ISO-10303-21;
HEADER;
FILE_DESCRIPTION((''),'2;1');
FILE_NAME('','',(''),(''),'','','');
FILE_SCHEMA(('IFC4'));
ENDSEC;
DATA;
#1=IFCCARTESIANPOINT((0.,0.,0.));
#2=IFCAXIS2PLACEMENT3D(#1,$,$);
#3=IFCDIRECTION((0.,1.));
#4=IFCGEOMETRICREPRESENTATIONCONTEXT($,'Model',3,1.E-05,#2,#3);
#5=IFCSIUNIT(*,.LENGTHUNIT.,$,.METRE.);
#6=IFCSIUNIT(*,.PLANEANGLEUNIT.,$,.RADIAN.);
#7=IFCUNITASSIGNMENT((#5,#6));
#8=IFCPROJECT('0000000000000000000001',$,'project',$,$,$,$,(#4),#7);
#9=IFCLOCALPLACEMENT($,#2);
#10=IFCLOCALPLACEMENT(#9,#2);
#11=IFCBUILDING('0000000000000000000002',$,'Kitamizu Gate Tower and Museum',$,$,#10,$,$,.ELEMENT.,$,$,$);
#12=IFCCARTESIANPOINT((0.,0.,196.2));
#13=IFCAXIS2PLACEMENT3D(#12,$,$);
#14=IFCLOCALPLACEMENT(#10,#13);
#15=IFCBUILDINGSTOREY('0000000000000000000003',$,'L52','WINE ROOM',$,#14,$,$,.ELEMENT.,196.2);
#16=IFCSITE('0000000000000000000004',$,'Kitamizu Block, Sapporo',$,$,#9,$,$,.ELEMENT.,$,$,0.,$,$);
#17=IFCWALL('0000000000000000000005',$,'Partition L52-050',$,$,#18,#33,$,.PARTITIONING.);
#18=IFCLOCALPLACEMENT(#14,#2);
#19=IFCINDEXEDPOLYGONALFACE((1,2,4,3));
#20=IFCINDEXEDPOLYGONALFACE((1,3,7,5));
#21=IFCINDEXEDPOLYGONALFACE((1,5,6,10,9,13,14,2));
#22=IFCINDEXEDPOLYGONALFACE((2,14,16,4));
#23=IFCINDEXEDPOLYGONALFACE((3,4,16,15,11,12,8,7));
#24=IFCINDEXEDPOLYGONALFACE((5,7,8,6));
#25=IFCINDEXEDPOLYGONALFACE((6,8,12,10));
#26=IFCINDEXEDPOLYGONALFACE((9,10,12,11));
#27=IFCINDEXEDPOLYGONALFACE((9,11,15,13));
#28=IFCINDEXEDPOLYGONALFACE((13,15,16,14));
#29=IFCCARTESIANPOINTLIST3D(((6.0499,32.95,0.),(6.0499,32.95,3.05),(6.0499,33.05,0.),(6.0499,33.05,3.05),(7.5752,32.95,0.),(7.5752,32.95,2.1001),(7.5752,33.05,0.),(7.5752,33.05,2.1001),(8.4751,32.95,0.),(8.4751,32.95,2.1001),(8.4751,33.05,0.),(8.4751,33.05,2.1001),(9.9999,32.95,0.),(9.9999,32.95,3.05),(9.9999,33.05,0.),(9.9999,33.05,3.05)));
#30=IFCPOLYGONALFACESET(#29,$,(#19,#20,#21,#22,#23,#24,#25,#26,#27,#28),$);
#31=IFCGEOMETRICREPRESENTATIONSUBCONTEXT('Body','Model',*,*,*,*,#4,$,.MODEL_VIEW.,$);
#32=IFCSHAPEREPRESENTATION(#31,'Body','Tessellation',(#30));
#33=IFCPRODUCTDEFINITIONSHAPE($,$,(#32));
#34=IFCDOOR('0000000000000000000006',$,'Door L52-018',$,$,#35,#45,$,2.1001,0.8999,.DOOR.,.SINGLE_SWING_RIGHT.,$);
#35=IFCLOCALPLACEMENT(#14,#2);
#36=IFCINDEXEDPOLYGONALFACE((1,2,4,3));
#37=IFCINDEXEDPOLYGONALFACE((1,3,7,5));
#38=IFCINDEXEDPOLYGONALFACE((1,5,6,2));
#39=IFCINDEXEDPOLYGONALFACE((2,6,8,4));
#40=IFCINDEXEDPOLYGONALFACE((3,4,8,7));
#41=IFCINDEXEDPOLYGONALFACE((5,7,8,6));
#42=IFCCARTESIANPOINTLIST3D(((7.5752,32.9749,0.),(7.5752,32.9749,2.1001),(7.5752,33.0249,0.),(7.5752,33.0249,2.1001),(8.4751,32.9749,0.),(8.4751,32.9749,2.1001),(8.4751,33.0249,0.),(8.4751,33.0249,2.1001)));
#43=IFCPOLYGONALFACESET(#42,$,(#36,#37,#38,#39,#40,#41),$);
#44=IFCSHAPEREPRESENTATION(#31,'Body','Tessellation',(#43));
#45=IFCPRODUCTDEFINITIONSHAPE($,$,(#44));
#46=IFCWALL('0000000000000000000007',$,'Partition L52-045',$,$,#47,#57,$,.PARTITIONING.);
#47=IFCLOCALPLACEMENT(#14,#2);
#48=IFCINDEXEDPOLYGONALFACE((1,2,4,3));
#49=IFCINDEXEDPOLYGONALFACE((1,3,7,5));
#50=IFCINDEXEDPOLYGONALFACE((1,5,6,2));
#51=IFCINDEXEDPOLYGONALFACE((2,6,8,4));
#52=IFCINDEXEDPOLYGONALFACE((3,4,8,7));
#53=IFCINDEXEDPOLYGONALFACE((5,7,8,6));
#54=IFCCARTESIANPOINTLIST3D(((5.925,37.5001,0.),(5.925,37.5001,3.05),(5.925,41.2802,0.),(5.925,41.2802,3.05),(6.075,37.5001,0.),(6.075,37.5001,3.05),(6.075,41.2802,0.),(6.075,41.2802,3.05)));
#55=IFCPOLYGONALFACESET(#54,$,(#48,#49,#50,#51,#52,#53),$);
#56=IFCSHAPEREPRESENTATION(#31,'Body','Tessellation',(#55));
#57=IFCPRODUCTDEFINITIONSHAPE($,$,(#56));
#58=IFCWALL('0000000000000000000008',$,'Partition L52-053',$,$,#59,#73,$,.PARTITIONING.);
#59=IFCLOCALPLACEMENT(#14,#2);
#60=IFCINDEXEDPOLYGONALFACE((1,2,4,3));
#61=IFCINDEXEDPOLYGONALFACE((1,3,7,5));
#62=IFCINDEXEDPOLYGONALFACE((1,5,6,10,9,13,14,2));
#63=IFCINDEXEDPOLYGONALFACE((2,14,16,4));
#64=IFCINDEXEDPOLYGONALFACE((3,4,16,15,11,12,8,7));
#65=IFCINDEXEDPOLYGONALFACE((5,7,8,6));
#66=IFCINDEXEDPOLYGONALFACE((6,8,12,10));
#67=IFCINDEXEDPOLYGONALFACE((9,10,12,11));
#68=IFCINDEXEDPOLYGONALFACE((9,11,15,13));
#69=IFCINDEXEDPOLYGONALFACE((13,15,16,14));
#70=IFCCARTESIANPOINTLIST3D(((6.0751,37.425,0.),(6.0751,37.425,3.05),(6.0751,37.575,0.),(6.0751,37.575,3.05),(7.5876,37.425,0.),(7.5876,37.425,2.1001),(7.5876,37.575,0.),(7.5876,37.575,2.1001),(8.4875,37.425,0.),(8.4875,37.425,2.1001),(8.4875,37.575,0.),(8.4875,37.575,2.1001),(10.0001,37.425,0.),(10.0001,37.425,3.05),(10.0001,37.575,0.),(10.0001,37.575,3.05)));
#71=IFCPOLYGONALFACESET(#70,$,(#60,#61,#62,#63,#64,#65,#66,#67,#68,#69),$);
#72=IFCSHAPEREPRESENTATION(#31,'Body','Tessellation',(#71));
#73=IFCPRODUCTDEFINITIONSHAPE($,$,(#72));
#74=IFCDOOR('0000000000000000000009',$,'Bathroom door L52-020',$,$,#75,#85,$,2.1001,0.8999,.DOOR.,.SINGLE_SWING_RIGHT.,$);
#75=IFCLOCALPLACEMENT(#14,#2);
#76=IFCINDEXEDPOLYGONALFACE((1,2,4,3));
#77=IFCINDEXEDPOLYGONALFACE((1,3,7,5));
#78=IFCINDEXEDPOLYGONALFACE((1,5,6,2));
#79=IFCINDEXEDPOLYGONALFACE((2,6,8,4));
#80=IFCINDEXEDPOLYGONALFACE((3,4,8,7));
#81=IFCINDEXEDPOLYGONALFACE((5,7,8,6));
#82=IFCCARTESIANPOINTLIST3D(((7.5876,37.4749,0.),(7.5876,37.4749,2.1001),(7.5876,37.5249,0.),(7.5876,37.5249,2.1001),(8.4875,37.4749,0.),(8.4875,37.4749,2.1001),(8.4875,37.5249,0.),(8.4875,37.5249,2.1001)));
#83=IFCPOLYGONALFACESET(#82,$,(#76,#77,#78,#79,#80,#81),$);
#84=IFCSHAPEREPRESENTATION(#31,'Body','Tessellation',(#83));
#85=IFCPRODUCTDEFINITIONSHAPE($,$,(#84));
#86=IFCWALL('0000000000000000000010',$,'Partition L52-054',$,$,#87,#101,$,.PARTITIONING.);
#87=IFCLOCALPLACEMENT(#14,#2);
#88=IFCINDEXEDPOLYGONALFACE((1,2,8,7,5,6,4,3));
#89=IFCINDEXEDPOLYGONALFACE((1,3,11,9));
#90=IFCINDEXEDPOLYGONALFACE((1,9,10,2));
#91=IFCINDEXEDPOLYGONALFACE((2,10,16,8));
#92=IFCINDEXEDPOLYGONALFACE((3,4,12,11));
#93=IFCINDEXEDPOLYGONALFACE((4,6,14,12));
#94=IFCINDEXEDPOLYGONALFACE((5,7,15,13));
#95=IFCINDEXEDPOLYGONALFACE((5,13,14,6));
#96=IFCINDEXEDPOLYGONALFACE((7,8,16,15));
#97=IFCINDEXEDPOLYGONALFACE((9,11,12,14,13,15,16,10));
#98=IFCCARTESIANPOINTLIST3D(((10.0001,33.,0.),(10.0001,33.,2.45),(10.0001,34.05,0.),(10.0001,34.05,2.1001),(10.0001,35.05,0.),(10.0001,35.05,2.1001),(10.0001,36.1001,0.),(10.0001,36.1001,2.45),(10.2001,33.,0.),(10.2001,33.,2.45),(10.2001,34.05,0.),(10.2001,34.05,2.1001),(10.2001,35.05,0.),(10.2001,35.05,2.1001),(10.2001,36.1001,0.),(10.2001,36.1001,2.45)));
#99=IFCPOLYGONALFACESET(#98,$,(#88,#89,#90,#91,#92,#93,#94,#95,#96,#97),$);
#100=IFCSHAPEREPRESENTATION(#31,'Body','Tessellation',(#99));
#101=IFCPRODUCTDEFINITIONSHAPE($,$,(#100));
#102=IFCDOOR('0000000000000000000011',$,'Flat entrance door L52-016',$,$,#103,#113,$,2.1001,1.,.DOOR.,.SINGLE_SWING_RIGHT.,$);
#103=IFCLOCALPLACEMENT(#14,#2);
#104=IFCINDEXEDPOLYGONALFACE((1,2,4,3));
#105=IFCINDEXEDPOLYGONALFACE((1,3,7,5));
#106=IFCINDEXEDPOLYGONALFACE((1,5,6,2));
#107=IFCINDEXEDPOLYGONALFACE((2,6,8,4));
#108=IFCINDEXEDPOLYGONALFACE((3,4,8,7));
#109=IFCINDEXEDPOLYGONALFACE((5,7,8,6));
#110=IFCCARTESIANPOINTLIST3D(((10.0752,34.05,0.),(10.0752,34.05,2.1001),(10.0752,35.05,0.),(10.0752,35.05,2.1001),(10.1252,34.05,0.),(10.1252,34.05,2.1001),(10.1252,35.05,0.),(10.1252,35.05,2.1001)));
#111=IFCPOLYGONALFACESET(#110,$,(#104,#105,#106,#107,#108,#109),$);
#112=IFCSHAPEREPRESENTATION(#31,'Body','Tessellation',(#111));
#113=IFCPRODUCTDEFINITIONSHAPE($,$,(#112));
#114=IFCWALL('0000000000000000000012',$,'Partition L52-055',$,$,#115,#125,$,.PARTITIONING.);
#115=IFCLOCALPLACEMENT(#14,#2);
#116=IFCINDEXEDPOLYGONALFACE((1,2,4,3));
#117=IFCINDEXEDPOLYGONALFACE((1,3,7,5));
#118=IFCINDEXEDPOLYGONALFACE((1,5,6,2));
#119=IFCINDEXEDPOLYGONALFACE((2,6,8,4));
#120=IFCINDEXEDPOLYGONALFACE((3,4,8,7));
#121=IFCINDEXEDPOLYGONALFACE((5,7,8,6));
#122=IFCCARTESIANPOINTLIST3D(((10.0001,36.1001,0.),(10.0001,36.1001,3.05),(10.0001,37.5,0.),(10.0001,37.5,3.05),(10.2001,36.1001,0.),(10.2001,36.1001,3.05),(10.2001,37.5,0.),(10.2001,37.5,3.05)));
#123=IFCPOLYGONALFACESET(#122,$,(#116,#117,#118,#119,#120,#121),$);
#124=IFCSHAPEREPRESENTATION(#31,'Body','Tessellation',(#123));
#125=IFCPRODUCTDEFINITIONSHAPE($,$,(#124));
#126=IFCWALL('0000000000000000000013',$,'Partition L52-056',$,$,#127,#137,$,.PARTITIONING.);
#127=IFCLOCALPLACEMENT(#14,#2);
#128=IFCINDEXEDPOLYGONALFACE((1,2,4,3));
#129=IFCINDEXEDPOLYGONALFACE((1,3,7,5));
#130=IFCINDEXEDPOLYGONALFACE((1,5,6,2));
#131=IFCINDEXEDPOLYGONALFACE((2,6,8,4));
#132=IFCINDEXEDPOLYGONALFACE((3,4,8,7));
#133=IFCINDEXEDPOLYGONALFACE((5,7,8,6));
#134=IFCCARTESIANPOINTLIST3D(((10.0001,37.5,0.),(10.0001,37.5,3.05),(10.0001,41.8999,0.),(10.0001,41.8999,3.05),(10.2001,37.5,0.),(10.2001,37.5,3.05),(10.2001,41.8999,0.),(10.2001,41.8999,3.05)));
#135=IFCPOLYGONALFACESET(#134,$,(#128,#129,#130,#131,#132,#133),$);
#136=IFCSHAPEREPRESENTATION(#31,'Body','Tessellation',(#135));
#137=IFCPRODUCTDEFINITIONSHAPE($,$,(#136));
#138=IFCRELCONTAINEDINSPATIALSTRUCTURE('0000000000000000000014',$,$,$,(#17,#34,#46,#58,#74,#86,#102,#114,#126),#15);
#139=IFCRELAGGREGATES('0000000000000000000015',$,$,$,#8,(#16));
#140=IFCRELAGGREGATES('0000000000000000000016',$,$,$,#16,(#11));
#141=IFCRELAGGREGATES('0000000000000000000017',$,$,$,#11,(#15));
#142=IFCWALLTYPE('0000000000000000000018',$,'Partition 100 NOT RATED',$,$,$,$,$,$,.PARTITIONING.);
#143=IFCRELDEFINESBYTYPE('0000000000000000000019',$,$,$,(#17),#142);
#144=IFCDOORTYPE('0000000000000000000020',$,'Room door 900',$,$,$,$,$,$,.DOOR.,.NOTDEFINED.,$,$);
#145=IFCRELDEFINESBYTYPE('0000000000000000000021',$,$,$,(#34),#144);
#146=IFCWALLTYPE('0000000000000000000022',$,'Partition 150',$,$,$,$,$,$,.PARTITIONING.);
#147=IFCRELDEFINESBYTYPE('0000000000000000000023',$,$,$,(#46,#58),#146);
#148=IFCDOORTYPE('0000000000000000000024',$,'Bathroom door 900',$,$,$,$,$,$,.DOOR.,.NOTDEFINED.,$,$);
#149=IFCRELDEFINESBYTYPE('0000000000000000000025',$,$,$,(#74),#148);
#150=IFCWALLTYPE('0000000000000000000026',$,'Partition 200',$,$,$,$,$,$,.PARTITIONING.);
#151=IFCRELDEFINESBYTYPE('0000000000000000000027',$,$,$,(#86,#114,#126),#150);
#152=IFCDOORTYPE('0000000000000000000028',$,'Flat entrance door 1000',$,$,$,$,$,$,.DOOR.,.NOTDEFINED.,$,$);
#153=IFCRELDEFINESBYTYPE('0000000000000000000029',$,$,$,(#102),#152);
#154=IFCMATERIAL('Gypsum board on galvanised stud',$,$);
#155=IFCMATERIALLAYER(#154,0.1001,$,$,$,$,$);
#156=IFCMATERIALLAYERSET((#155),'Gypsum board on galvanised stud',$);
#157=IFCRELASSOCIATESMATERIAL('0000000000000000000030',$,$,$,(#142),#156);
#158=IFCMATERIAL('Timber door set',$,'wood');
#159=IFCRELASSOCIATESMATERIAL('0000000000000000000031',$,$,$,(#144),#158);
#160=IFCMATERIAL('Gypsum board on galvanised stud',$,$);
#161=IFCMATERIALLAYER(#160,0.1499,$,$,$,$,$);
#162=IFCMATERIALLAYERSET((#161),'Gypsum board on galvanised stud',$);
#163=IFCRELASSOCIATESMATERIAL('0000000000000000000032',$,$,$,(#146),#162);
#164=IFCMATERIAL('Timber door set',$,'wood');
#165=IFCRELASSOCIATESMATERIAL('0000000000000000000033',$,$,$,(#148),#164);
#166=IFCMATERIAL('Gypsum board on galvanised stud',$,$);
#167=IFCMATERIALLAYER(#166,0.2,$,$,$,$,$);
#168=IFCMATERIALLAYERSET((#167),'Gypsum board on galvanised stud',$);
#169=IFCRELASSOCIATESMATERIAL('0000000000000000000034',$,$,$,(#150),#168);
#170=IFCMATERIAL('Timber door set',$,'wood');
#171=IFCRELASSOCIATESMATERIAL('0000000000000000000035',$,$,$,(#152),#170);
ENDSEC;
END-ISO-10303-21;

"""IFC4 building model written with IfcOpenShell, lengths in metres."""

from ifc_helpers import new_model, si_unit, direction, frame, frame_2d, origin, place, context, subcontext, project, spatial, rectangle, extrude, material, layer, layer_set, type_object, element, fill, save


model = new_model("IFC4")

# Units and contexts
model_context = context("Model", 3, precision=1e-05, world=origin(), true_north=direction((0.0, 1.0)))
body_context = subcontext(model_context, "Body", "Model", "MODEL_VIEW")
ifc_project = project(units=[si_unit("LENGTHUNIT", "METRE"), si_unit("PLANEANGLEUNIT", "RADIAN")], contexts=[model_context])

# Site, building, storey
site_placement = place(None, origin())
site = spatial("IfcSite", under=ifc_project, at=site_placement, Name="Kitamizu Block, Sapporo", CompositionType="ELEMENT", RefElevation=0.0)
building_placement = place(site_placement, origin())
building = spatial("IfcBuilding", under=site, at=building_placement, Name="Kitamizu Gate Tower and Museum", CompositionType="ELEMENT")
storey_placement = place(building_placement, frame((0.0, 0.0, 196.2)))
storey = spatial("IfcBuildingStorey", under=building, at=storey_placement, Name="L52", Description="WINE ROOM", CompositionType="ELEMENT", Elevation=196.2)

# Shared definitions
ifc_material_1 = material(Name="Gypsum board on galvanised stud")
ifc_layer_1 = layer(ifc_material_1, 0.1001)
ifc_layer_set_1 = layer_set([ifc_layer_1], Name="Gypsum board on galvanised stud")
wall_type_1 = type_object("IfcWallType", Name="Partition 100 NOT RATED", PredefinedType="PARTITIONING", material=ifc_layer_set_1)
ifc_material_2 = material(Name="Timber door set", Category="wood")
door_type_1 = type_object("IfcDoorType", Name="Room door 900", OperationType="NOTDEFINED", PredefinedType="DOOR", material=ifc_material_2)

# Wall, opening, door
wall_1_placement = place(storey_placement, frame((10.0, 33.0, 0.0), z_axis=(0.0, 0.0, 1.0), x_axis=(-1.0, 0.0, 0.0)))
wall_1 = element("IfcWall", 1, at=wall_1_placement, inside=storey, type_object=wall_type_1, Name="Partition L52-050", PredefinedType="PARTITIONING", context=body_context, shape_type="SweptSolid", body=[
    extrude(rectangle(XDim=3.95, YDim=0.1001, at=frame_2d((1.9751, 0.0))), origin(), (0.0, 0.0, 1.0), 3.05),
])
opening_1_placement = place(wall_1_placement, frame((1.5249, 0.0, 0.0)))
opening_1 = element("IfcOpeningElement", 2, at=opening_1_placement, cuts=wall_1, PredefinedType="OPENING", context=body_context, shape_type="SweptSolid", body=[
    extrude(rectangle(XDim=0.8999, YDim=2.1001, at=frame_2d((0.45, 1.05))), frame((0.0, 0.0601, 0.0), z_axis=(0.0, -1.0, 0.0), x_axis=(1.0, 0.0, 0.0)), (0.0, 0.0, 1.0), 0.1201),
])
door_1_placement = place(opening_1_placement, frame((0.8999, 0.0, 0.0), x_axis=(-1.0, 0.0, 0.0)))
door_1 = element("IfcDoor", 3, at=door_1_placement, inside=storey, type_object=door_type_1, Name="Door L52-018", OperationType="SINGLE_SWING_RIGHT", OverallHeight=2.1001, OverallWidth=0.8999, PredefinedType="DOOR", context=body_context, shape_type="SweptSolid", body=[
    extrude(rectangle(XDim=0.8999, YDim=2.1001, at=frame_2d((0.45, 1.05))), frame((0.0, 0.0249, 0.0), z_axis=(0.0, -1.0, 0.0), x_axis=(1.0, 0.0, 0.0)), (0.0, 0.0, 1.0), 0.05),
])
fill(opening_1, door_1)

# Wall
ifc_material_3 = material(Name="Gypsum board on galvanised stud")
ifc_layer_2 = layer(ifc_material_3, 0.1499)
ifc_layer_set_2 = layer_set([ifc_layer_2], Name="Gypsum board on galvanised stud")
wall_type_2 = type_object("IfcWallType", Name="Partition 150", PredefinedType="PARTITIONING", material=ifc_layer_set_2)
wall_2_placement = place(storey_placement, frame((6.0, 37.5, 0.0), z_axis=(0.0, 0.0, 1.0), x_axis=(0.0, 1.0, 0.0)))
element("IfcWall", 4, at=wall_2_placement, inside=storey, type_object=wall_type_2, Name="Partition L52-045", PredefinedType="PARTITIONING", context=body_context, shape_type="SweptSolid", body=[
    extrude(rectangle(XDim=3.78, YDim=0.1499, at=frame_2d((1.8901, 0.0))), origin(), (0.0, 0.0, 1.0), 3.05),
])

# Walls, openings, doors
wall_3_placement = place(storey_placement, frame((10.0, 37.5, 0.0), z_axis=(0.0, 0.0, 1.0), x_axis=(-1.0, 0.0, 0.0)))
wall_3 = element("IfcWall", 5, at=wall_3_placement, inside=storey, type_object=wall_type_2, Name="Partition L52-053", PredefinedType="PARTITIONING", context=body_context, shape_type="SweptSolid", body=[
    extrude(rectangle(XDim=3.925, YDim=0.1499, at=frame_2d((1.9624, 0.0))), origin(), (0.0, 0.0, 1.0), 3.05),
])
opening_2_placement = place(wall_3_placement, frame((1.5125, 0.0, 0.0)))
opening_2 = element("IfcOpeningElement", 6, at=opening_2_placement, cuts=wall_3, PredefinedType="OPENING", context=body_context, shape_type="SweptSolid", body=[
    extrude(rectangle(XDim=0.8999, YDim=2.1001, at=frame_2d((0.45, 1.05))), frame((0.0, 0.085, 0.0), z_axis=(0.0, -1.0, 0.0), x_axis=(1.0, 0.0, 0.0)), (0.0, 0.0, 1.0), 0.1699),
])
ifc_material_4 = material(Name="Timber door set", Category="wood")
door_type_2 = type_object("IfcDoorType", Name="Bathroom door 900", OperationType="NOTDEFINED", PredefinedType="DOOR", material=ifc_material_4)
door_2_placement = place(opening_2_placement, frame((0.8999, 0.0, 0.0), x_axis=(-1.0, 0.0, 0.0)))
door_2 = element("IfcDoor", 7, at=door_2_placement, inside=storey, type_object=door_type_2, Name="Bathroom door L52-020", OperationType="SINGLE_SWING_RIGHT", OverallHeight=2.1001, OverallWidth=0.8999, PredefinedType="DOOR", context=body_context, shape_type="SweptSolid", body=[
    extrude(rectangle(XDim=0.8999, YDim=2.1001, at=frame_2d((0.45, 1.05))), frame((0.0, 0.0249, 0.0), z_axis=(0.0, -1.0, 0.0), x_axis=(1.0, 0.0, 0.0)), (0.0, 0.0, 1.0), 0.05),
])
fill(opening_2, door_2)
ifc_material_5 = material(Name="Gypsum board on galvanised stud")
ifc_layer_3 = layer(ifc_material_5, 0.2)
ifc_layer_set_3 = layer_set([ifc_layer_3], Name="Gypsum board on galvanised stud")
wall_type_3 = type_object("IfcWallType", Name="Partition 200", PredefinedType="PARTITIONING", material=ifc_layer_set_3)
wall_4_placement = place(storey_placement, frame((10.1001, 33.0, 0.0), z_axis=(0.0, 0.0, 1.0), x_axis=(0.0, 1.0, 0.0)))
wall_4 = element("IfcWall", 8, at=wall_4_placement, inside=storey, type_object=wall_type_3, Name="Partition L52-054", PredefinedType="PARTITIONING", context=body_context, shape_type="SweptSolid", body=[
    extrude(rectangle(XDim=3.1001, YDim=0.2, at=frame_2d((1.55, 0.0))), origin(), (0.0, 0.0, 1.0), 2.45),
])
opening_3_placement = place(wall_4_placement, frame((1.05, 0.0, 0.0)))
opening_3 = element("IfcOpeningElement", 9, at=opening_3_placement, cuts=wall_4, PredefinedType="OPENING", context=body_context, shape_type="SweptSolid", body=[
    extrude(rectangle(XDim=1.0, YDim=2.1001, at=frame_2d((0.5, 1.05))), frame((0.0, 0.1099, 0.0), z_axis=(0.0, -1.0, 0.0), x_axis=(1.0, 0.0, 0.0)), (0.0, 0.0, 1.0), 0.22),
])
ifc_material_6 = material(Name="Timber door set", Category="wood")
door_type_3 = type_object("IfcDoorType", Name="Flat entrance door 1000", OperationType="NOTDEFINED", PredefinedType="DOOR", material=ifc_material_6)
door_3_placement = place(opening_3_placement, origin())
door_3 = element("IfcDoor", 10, at=door_3_placement, inside=storey, type_object=door_type_3, Name="Flat entrance door L52-016", OperationType="SINGLE_SWING_RIGHT", OverallHeight=2.1001, OverallWidth=1.0, PredefinedType="DOOR", context=body_context, shape_type="SweptSolid", body=[
    extrude(rectangle(XDim=1.0, YDim=2.1001, at=frame_2d((0.5, 1.05))), frame((0.0, 0.0249, 0.0), z_axis=(0.0, -1.0, 0.0), x_axis=(1.0, 0.0, 0.0)), (0.0, 0.0, 1.0), 0.05),
])
fill(opening_3, door_3)

# Walls
wall_5_placement = place(storey_placement, frame((10.1001, 36.1001, 0.0), z_axis=(0.0, 0.0, 1.0), x_axis=(0.0, 1.0, 0.0)))
element("IfcWall", 11, at=wall_5_placement, inside=storey, type_object=wall_type_3, Name="Partition L52-055", PredefinedType="PARTITIONING", context=body_context, shape_type="SweptSolid", body=[
    extrude(rectangle(XDim=1.3999, YDim=0.2, at=frame_2d((0.7, 0.0))), origin(), (0.0, 0.0, 1.0), 3.05),
])
wall_6_placement = place(storey_placement, frame((10.1001, 37.5, 0.0), z_axis=(0.0, 0.0, 1.0), x_axis=(0.0, 1.0, 0.0)))
element("IfcWall", 12, at=wall_6_placement, inside=storey, type_object=wall_type_3, Name="Partition L52-056", PredefinedType="PARTITIONING", context=body_context, shape_type="SweptSolid", body=[
    extrude(rectangle(XDim=4.3999, YDim=0.2, at=frame_2d((2.2, 0.0))), origin(), (0.0, 0.0, 1.0), 3.05),
])

save(model, "model.ifc")
